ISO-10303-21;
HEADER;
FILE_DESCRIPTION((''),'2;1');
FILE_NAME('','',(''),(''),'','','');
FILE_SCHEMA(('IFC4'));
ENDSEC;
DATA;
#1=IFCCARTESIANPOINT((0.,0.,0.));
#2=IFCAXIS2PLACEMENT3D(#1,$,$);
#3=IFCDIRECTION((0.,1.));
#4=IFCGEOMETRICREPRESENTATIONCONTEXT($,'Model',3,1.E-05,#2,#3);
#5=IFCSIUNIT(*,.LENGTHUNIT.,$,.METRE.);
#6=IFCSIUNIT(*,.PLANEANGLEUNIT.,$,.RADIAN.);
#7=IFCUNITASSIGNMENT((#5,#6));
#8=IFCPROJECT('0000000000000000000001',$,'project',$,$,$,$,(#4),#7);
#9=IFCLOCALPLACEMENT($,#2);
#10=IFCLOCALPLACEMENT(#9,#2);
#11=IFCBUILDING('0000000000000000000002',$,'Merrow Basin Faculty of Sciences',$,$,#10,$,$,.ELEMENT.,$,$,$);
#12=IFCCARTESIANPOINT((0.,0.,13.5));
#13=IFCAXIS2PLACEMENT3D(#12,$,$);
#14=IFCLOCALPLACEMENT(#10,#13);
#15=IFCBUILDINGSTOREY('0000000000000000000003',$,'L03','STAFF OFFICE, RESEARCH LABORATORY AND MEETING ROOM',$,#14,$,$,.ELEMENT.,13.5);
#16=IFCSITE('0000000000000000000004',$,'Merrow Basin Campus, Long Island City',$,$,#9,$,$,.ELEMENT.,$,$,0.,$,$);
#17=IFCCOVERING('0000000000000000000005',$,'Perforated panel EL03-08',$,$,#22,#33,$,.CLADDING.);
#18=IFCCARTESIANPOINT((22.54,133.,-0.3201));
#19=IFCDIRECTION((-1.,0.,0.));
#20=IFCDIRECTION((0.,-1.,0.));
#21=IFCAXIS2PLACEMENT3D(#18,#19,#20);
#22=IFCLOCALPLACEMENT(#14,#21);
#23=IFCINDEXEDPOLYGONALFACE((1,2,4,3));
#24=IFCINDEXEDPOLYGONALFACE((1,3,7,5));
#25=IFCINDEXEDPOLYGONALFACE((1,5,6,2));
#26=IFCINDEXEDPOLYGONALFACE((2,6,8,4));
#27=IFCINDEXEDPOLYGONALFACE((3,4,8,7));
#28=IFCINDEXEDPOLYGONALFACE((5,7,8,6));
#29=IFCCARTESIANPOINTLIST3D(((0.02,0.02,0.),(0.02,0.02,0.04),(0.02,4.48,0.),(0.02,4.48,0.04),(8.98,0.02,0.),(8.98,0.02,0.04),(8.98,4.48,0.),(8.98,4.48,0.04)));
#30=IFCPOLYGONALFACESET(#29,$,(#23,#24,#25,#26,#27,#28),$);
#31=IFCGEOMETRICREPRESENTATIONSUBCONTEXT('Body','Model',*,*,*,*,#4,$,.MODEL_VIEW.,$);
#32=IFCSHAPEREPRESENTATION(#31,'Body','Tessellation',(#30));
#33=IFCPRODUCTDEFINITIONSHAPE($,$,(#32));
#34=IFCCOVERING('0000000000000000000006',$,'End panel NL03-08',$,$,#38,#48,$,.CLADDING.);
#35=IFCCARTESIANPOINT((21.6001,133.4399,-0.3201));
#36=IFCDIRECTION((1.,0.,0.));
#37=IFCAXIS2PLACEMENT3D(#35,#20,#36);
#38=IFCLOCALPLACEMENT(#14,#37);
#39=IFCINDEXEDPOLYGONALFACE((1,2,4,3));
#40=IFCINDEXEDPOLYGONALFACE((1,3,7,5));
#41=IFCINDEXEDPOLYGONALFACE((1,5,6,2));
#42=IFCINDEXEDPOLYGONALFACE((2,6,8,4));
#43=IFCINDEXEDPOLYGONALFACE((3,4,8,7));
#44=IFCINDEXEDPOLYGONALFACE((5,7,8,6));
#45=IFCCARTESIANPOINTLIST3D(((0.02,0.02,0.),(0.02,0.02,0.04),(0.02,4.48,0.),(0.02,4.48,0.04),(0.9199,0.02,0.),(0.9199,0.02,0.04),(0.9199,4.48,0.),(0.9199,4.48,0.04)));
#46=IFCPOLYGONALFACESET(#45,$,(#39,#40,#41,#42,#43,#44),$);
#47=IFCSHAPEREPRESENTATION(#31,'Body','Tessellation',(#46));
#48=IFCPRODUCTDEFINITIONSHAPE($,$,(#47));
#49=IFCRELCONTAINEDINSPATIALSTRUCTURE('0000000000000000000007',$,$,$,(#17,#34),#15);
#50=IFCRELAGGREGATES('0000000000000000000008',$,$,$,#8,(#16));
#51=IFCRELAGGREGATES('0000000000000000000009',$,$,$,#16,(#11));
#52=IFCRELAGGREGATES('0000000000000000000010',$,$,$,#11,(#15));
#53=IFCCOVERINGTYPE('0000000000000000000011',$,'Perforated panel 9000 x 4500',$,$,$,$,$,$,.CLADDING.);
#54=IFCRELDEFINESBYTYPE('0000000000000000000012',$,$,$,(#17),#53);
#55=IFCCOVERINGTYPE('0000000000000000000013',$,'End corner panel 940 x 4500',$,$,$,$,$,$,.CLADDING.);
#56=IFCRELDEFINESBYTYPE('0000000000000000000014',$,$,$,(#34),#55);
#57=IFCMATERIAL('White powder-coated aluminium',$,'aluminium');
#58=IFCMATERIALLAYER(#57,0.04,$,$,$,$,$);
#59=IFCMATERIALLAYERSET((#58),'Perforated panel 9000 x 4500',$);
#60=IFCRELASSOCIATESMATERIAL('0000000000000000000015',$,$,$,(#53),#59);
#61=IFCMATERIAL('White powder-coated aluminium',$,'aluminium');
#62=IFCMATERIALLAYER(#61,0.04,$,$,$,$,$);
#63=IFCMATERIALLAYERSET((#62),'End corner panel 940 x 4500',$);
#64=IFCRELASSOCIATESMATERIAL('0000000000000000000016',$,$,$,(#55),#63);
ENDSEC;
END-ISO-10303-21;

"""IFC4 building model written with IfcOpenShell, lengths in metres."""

from ifc_helpers import new_model, si_unit, direction, frame, origin, place, context, subcontext, project, spatial, polyline, outline, extrude, source, transform, mapped, material, layer, layer_set, type_object, element, save


model = new_model("IFC4")

# Units and contexts
model_context = context("Model", 3, precision=1e-05, world=origin(), true_north=direction((0.0, 1.0)))
body_context = subcontext(model_context, "Body", "Model", "MODEL_VIEW")
ifc_project = project(units=[si_unit("LENGTHUNIT", "METRE"), si_unit("PLANEANGLEUNIT", "RADIAN")], contexts=[model_context])

# Site, building, storey
site_placement = place(None, origin())
site = spatial("IfcSite", under=ifc_project, at=site_placement, Name="Merrow Basin Campus, Long Island City", CompositionType="ELEMENT", RefElevation=0.0)
building_placement = place(site_placement, origin())
building = spatial("IfcBuilding", under=site, at=building_placement, Name="Merrow Basin Faculty of Sciences", CompositionType="ELEMENT")
storey_placement = place(building_placement, frame((0.0, 0.0, 13.5)))
storey = spatial("IfcBuildingStorey", under=building, at=storey_placement, Name="L03", Description="STAFF OFFICE, RESEARCH LABORATORY AND MEETING ROOM", CompositionType="ELEMENT", Elevation=13.5)

# Coverings
ifc_material_1 = material(Name="White powder-coated aluminium", Category="aluminium")
ifc_layer_1 = layer(ifc_material_1, 0.04)
ifc_layer_set_1 = layer_set([ifc_layer_1], Name="Perforated panel 9000 x 4500")
covering_type_1 = type_object("IfcCoveringType", Name="Perforated panel 9000 x 4500", PredefinedType="CLADDING", material=ifc_layer_set_1)
shared_shape_1 = source(origin(), body_context, "Body", "SweptSolid", [
    extrude(outline(polyline([(0.02, 0.02), (8.98, 0.02), (8.98, 4.48), (0.02, 4.48), (0.02, 0.02)])), origin(), (0.0, 0.0, 1.0), 0.04),
])
covering_1_placement = place(storey_placement, frame((22.54, 133.0, -0.3201), z_axis=(-1.0, 0.0, 0.0), x_axis=(0.0, -1.0, 0.0)))
element("IfcCovering", 1, at=covering_1_placement, inside=storey, type_object=covering_type_1, Name="Perforated panel EL03-08", PredefinedType="CLADDING", context=body_context, shape_type="MappedRepresentation", body=[
    mapped(shared_shape_1, transform((0.0, 0.0, 0.0), scale=1.0)),
])
ifc_material_2 = material(Name="White powder-coated aluminium", Category="aluminium")
ifc_layer_2 = layer(ifc_material_2, 0.04)
ifc_layer_set_2 = layer_set([ifc_layer_2], Name="End corner panel 940 x 4500")
covering_type_2 = type_object("IfcCoveringType", Name="End corner panel 940 x 4500", PredefinedType="CLADDING", material=ifc_layer_set_2)
shared_shape_2 = source(origin(), body_context, "Body", "SweptSolid", [
    extrude(outline(polyline([(0.02, 0.02), (0.9199, 0.02), (0.9199, 4.48), (0.02, 4.48), (0.02, 0.02)])), origin(), (0.0, 0.0, 1.0), 0.04),
])
covering_2_placement = place(storey_placement, frame((21.6001, 133.4399, -0.3201), z_axis=(0.0, -1.0, 0.0), x_axis=(1.0, 0.0, 0.0)))
element("IfcCovering", 2, at=covering_2_placement, inside=storey, type_object=covering_type_2, Name="End panel NL03-08", PredefinedType="CLADDING", context=body_context, shape_type="MappedRepresentation", body=[
    mapped(shared_shape_2, transform((0.0, 0.0, 0.0), scale=1.0)),
])

save(model, "model.ifc")
